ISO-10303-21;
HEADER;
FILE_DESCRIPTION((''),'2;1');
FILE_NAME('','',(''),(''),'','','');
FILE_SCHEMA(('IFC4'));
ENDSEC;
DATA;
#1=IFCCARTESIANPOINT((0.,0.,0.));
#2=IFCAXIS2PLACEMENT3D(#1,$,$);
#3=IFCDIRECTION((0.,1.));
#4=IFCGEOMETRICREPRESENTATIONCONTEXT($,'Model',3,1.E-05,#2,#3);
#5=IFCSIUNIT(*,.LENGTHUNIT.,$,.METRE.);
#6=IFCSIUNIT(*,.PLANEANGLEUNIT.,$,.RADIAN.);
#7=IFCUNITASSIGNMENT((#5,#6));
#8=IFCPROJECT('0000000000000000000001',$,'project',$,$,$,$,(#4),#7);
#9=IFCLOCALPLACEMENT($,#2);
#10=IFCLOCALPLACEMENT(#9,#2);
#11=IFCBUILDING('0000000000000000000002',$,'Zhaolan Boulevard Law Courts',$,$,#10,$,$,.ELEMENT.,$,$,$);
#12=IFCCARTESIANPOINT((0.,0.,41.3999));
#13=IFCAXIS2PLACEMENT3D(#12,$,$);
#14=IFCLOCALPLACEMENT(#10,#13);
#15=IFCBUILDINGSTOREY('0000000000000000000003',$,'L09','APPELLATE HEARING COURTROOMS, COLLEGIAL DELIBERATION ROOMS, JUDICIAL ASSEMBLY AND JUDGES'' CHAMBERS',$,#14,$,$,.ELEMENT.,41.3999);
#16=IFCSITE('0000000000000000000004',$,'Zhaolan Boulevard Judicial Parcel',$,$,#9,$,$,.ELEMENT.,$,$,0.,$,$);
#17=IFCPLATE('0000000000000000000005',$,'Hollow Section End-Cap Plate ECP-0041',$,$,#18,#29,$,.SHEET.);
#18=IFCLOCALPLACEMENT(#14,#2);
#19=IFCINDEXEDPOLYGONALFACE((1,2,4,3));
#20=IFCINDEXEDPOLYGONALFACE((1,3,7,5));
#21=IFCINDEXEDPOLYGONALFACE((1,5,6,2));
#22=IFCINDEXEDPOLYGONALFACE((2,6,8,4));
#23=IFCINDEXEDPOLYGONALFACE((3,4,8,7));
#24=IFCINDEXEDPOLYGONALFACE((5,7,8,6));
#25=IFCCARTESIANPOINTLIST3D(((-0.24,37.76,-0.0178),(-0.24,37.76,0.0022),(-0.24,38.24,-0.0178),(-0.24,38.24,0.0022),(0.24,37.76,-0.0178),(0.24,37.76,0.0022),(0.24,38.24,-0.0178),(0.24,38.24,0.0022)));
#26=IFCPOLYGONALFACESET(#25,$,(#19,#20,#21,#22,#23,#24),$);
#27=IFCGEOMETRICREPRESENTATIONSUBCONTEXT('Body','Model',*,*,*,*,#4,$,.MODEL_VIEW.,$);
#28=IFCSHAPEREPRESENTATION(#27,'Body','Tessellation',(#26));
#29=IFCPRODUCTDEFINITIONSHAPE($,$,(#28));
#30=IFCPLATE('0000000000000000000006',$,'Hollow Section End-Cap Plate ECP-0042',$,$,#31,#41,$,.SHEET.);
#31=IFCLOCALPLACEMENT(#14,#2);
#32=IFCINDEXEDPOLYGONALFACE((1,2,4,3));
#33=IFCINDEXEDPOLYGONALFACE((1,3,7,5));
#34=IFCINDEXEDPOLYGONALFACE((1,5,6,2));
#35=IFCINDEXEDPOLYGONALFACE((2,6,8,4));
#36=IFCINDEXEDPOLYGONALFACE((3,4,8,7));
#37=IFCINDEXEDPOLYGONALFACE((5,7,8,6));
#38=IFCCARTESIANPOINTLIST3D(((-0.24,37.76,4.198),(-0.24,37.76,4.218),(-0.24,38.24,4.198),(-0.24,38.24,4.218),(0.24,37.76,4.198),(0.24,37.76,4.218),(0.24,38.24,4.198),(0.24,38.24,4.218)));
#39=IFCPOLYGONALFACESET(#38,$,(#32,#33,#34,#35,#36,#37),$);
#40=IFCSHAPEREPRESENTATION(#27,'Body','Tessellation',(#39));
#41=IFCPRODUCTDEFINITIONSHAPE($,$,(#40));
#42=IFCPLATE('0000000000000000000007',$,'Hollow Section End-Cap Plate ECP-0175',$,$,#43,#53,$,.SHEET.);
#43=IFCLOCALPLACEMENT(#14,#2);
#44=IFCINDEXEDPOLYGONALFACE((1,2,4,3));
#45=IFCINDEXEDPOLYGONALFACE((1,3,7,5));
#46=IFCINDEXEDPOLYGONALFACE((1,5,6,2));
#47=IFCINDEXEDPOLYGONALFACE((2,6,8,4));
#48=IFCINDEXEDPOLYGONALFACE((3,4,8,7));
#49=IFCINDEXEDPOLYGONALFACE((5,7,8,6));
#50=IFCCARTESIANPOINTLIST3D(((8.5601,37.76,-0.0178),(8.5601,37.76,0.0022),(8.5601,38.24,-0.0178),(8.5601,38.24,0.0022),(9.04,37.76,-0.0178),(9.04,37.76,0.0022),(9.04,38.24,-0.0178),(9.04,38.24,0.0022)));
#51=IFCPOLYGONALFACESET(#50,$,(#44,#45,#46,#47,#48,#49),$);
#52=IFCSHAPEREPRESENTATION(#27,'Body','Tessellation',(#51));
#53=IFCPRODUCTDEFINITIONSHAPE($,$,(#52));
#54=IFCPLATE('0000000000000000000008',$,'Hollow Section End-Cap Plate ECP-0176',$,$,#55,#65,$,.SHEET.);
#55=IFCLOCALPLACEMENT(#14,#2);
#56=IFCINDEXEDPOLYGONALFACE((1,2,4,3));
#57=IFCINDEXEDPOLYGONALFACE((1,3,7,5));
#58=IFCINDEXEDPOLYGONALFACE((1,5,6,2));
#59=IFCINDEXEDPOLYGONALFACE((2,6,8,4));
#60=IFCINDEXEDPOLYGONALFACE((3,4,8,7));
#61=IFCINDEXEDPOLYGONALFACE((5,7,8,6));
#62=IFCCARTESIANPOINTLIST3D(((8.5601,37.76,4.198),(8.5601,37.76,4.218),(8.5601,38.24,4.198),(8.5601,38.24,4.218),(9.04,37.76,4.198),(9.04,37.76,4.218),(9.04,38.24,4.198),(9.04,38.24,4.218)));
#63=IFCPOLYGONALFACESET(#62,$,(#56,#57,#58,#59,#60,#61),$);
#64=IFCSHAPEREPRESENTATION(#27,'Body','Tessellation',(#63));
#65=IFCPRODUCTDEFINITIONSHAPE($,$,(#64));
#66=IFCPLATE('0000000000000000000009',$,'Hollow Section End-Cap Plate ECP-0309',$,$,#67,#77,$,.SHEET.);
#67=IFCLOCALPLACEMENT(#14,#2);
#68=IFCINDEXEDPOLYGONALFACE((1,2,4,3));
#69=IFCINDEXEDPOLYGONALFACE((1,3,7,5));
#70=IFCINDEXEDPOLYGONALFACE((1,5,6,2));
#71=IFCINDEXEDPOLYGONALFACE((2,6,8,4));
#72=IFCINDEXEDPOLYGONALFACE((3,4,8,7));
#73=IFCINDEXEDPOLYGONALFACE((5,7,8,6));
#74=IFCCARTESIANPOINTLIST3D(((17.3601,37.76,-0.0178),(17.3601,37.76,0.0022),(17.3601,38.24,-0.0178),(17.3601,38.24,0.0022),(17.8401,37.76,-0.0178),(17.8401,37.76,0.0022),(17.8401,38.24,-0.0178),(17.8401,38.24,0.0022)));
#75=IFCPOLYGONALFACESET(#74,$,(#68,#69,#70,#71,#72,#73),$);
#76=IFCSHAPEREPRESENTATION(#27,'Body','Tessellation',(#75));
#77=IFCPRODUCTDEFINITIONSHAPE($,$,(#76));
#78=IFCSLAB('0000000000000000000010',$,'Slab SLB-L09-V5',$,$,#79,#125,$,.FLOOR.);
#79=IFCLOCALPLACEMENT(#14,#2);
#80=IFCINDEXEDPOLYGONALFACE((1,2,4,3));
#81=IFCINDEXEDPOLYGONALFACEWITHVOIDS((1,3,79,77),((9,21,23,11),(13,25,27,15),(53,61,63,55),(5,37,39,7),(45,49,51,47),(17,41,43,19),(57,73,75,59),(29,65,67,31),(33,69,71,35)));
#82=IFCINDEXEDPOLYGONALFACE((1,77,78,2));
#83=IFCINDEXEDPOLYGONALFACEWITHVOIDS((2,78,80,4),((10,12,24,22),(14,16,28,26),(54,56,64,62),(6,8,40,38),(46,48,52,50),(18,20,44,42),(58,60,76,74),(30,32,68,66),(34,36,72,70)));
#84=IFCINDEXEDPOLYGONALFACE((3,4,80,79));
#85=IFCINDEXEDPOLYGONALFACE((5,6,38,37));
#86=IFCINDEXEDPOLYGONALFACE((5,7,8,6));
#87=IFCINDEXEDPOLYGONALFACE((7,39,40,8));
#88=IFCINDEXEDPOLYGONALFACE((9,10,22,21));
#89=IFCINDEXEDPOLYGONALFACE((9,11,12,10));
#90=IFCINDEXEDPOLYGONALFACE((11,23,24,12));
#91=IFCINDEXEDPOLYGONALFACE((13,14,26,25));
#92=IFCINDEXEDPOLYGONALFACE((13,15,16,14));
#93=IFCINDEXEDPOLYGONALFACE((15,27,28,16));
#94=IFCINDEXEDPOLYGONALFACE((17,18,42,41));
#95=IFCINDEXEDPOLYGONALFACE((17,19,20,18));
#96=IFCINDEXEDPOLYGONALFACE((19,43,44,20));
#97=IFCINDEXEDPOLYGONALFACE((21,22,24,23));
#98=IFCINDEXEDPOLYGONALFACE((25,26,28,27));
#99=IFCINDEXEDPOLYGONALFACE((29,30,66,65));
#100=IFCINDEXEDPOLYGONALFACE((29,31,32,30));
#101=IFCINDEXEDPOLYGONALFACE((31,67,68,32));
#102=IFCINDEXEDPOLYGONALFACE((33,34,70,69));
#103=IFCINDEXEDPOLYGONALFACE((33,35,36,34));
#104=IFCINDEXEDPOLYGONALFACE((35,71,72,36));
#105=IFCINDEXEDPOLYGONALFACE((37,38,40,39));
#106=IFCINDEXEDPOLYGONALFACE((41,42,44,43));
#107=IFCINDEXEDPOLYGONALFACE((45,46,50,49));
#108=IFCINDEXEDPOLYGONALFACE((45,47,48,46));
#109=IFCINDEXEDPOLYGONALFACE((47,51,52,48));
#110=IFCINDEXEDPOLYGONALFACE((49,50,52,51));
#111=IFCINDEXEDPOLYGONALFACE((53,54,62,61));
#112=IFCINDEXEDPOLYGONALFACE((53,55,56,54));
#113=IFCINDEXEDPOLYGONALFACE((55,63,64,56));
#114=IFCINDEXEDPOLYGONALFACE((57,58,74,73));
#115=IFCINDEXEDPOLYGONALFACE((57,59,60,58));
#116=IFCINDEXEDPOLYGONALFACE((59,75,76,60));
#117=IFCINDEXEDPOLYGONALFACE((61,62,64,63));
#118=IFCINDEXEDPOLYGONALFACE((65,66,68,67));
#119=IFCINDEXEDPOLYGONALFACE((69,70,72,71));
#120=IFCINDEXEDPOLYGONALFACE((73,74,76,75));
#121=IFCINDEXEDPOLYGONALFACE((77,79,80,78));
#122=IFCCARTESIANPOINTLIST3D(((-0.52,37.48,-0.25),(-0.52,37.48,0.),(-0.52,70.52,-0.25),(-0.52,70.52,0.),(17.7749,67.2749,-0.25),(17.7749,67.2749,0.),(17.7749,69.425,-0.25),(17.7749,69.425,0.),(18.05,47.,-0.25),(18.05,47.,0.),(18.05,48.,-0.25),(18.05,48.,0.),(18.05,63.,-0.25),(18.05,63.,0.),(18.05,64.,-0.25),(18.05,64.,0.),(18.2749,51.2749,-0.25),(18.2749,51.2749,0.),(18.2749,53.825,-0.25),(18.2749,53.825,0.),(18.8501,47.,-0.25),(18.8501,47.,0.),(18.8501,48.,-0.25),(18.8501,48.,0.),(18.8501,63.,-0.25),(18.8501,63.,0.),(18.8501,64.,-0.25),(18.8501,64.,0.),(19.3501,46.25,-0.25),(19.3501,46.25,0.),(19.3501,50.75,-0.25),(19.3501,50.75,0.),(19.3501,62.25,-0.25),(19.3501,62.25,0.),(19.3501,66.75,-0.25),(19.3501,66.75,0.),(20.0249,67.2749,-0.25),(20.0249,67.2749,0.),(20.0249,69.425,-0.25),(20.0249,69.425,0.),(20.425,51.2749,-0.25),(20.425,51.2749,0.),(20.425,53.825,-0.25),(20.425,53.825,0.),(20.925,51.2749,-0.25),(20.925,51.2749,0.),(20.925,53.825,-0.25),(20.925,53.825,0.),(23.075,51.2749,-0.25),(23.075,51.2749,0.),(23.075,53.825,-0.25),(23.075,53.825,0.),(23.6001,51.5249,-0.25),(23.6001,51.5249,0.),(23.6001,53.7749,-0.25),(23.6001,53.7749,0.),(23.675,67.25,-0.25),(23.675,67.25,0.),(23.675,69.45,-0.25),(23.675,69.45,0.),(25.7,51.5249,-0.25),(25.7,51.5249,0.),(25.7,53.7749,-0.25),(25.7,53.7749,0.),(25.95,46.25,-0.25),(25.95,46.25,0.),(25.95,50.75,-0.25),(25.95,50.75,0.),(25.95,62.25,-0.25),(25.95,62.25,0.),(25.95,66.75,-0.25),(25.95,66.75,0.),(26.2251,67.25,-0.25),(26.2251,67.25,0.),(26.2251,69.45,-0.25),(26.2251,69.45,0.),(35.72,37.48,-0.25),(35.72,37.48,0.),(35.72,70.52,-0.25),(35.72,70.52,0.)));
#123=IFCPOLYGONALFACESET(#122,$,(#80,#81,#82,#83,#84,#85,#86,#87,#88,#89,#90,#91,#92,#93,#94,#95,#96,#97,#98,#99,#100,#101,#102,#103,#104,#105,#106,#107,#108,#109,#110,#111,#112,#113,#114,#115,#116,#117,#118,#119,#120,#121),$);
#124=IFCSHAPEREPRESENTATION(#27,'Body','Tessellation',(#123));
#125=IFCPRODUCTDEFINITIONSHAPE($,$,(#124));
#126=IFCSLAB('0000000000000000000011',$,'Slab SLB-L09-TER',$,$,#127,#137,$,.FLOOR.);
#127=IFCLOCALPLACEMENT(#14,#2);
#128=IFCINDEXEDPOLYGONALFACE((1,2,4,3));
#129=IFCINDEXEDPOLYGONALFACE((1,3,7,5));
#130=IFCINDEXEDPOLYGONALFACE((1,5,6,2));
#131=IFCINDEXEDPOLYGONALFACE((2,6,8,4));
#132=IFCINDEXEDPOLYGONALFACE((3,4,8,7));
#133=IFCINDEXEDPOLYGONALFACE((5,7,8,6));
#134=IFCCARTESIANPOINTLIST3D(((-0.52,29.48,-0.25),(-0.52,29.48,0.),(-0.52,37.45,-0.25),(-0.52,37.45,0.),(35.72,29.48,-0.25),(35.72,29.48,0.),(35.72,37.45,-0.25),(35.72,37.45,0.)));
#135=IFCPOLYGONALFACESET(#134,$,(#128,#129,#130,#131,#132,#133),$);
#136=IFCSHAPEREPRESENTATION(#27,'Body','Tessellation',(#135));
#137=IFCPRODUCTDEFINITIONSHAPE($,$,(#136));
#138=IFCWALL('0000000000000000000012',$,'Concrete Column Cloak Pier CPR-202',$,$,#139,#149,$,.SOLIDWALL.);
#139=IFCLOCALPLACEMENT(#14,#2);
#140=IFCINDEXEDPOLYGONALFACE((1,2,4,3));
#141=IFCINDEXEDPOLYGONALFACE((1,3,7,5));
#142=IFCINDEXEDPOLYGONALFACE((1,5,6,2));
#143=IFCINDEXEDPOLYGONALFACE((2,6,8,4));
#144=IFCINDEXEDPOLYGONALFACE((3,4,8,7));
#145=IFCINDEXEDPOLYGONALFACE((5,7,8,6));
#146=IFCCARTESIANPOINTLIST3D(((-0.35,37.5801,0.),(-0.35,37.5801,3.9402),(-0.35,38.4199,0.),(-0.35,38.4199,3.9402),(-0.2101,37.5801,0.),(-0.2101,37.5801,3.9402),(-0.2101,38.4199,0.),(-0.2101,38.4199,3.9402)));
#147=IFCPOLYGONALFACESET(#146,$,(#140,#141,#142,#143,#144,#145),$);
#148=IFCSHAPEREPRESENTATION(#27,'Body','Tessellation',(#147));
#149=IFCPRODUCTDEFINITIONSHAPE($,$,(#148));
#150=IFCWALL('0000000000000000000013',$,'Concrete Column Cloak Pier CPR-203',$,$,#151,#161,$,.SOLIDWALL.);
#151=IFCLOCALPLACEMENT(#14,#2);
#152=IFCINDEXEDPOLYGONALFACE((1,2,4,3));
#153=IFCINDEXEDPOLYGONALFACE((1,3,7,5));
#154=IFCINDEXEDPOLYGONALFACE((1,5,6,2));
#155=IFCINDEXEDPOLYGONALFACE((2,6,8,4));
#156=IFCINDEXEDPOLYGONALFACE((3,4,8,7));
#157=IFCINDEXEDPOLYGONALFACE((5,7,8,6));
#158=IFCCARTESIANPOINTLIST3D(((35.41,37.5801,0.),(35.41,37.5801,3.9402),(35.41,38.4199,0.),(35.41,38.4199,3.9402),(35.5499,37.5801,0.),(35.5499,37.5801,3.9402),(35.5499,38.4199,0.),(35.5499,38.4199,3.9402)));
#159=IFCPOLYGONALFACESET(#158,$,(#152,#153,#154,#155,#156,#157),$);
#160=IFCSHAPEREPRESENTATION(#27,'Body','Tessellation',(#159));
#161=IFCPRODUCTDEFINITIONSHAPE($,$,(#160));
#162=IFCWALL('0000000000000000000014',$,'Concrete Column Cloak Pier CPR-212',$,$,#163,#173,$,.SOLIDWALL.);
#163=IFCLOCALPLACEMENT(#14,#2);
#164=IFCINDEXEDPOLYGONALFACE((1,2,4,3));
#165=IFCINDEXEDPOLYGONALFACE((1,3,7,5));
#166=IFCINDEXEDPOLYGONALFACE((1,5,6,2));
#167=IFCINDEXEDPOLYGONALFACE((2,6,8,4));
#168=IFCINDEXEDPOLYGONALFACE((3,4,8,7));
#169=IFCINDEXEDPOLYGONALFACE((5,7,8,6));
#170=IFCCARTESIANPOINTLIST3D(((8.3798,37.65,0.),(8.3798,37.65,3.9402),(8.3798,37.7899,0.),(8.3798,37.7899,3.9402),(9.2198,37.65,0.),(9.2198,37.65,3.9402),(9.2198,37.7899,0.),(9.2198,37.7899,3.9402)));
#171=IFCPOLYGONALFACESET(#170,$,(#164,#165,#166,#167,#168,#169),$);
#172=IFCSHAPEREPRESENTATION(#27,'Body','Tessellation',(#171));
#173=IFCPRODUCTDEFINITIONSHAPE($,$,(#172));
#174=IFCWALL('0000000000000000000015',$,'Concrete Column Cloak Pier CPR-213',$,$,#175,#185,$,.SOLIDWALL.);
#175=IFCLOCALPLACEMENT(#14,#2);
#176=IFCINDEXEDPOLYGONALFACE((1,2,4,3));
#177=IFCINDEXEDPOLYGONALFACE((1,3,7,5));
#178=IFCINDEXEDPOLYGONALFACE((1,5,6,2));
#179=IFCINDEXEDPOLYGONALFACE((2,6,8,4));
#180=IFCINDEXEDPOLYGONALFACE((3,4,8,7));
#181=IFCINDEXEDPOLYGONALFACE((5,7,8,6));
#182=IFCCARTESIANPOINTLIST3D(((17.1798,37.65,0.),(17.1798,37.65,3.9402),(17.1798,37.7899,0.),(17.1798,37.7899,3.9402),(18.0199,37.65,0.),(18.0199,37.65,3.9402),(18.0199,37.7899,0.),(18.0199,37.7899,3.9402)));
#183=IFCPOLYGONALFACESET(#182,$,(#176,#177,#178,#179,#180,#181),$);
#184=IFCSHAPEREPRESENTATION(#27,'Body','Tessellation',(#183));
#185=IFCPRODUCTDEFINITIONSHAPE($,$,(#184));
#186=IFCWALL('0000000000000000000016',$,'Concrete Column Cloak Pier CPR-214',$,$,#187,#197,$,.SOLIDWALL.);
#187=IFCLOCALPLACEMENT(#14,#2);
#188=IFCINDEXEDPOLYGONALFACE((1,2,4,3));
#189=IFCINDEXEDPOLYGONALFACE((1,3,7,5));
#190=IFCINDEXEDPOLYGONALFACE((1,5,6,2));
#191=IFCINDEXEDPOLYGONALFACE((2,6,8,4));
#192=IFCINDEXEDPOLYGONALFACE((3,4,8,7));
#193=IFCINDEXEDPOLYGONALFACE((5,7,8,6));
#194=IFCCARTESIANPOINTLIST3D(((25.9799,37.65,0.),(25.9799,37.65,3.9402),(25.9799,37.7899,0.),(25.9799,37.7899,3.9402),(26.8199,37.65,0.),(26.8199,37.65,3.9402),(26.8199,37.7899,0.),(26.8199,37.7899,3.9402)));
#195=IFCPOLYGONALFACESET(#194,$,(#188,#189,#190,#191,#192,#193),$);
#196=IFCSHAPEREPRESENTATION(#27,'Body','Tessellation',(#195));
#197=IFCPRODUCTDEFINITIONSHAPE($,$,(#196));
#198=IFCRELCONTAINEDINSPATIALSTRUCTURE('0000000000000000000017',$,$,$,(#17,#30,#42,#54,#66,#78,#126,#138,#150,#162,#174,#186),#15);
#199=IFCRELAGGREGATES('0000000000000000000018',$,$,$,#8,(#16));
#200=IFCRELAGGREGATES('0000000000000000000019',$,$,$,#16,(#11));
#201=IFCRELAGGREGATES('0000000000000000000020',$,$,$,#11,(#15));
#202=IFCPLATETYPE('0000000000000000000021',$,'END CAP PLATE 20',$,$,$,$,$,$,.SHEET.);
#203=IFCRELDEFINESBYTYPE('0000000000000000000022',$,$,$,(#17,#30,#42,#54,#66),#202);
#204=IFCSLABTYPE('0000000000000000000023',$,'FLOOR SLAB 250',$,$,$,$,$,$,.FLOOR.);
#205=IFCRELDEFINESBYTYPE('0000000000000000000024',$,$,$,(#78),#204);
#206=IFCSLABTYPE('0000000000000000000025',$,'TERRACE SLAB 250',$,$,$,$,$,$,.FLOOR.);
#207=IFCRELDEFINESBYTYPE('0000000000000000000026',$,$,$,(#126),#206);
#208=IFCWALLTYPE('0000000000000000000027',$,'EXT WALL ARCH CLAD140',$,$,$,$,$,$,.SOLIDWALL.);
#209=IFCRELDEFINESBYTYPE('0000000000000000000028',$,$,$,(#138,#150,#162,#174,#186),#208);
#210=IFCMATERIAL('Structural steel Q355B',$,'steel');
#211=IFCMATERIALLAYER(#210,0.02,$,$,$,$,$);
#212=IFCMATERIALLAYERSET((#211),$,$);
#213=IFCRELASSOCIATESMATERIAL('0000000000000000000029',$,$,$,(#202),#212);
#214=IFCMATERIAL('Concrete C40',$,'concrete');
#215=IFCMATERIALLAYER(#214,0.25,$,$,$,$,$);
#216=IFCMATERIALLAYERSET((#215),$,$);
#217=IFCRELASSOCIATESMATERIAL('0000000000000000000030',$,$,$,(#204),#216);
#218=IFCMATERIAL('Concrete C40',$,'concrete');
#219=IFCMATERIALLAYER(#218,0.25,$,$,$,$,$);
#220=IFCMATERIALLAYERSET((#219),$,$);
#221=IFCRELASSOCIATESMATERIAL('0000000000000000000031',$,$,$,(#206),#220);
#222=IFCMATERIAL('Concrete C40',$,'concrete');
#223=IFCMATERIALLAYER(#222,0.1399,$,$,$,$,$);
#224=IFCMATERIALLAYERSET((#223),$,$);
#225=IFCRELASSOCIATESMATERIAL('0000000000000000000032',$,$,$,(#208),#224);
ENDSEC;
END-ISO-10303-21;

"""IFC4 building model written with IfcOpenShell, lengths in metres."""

from ifc_helpers import new_model, si_unit, direction, frame, frame_2d, origin, origin_2d, place, context, subcontext, project, spatial, polyline, rectangle, outline, extrude, material, layer, layer_set, type_object, element, save


model = new_model("IFC4")

# Units and contexts
model_context = context("Model", 3, precision=1e-05, world=origin(), true_north=direction((0.0, 1.0)))
body_context = subcontext(model_context, "Body", "Model", "MODEL_VIEW")
ifc_project = project(units=[si_unit("LENGTHUNIT", "METRE"), si_unit("PLANEANGLEUNIT", "RADIAN")], contexts=[model_context])

# Site, building, storey
site_placement = place(None, origin())
site = spatial("IfcSite", under=ifc_project, at=site_placement, Name="Zhaolan Boulevard Judicial Parcel", CompositionType="ELEMENT", RefElevation=0.0)
building_placement = place(site_placement, origin())
building = spatial("IfcBuilding", under=site, at=building_placement, Name="Zhaolan Boulevard Law Courts", CompositionType="ELEMENT")
storey_placement = place(building_placement, frame((0.0, 0.0, 41.3999)))
storey = spatial("IfcBuildingStorey", under=building, at=storey_placement, Name="L09", Description="APPELLATE HEARING COURTROOMS, COLLEGIAL DELIBERATION ROOMS, JUDICIAL ASSEMBLY AND JUDGES' CHAMBERS", CompositionType="ELEMENT", Elevation=41.3999)

# Plates
ifc_material_1 = material(Name="Structural steel Q355B", Category="steel")
ifc_layer_1 = layer(ifc_material_1, 0.02)
ifc_layer_set_1 = layer_set([ifc_layer_1])
plate_type = type_object("IfcPlateType", Name="END CAP PLATE 20", PredefinedType="SHEET", material=ifc_layer_set_1)
for number, where, z_axis, x_axis, name in (
    (1, (0.0, 38.0, -0.0178), (0.0, 0.0, 1.0), (1.0, 0.0, 0.0), "Hollow Section End-Cap Plate ECP-0041"),
    (2, (0.0, 38.0, 4.198), (0.0, 0.0, 1.0), (1.0, 0.0, 0.0), "Hollow Section End-Cap Plate ECP-0042"),
    (3, (8.8, 38.0, -0.0178), (0.0, 0.0, 1.0), (1.0, 0.0, 0.0), "Hollow Section End-Cap Plate ECP-0175"),
    (4, (8.8, 38.0, 4.198), (0.0, 0.0, 1.0), (1.0, 0.0, 0.0), "Hollow Section End-Cap Plate ECP-0176"),
    (5, (17.6001, 38.0, -0.0178), (0.0, 0.0, 1.0), (1.0, 0.0, 0.0), "Hollow Section End-Cap Plate ECP-0309"),
):
    element("IfcPlate", number, at=place(storey_placement, frame(where, z_axis=z_axis, x_axis=x_axis)), inside=storey, type_object=plate_type, Name=name, PredefinedType="SHEET", context=body_context, shape_type="SweptSolid", body=[
        extrude(rectangle(XDim=0.48, YDim=0.48, at=origin_2d()), origin(), (0.0, 0.0, 1.0), 0.02),
    ])

# Slabs
ifc_material_2 = material(Name="Concrete C40", Category="concrete")
ifc_layer_2 = layer(ifc_material_2, 0.25)
ifc_layer_set_2 = layer_set([ifc_layer_2])
slab_type_1 = type_object("IfcSlabType", Name="FLOOR SLAB 250", PredefinedType="FLOOR", material=ifc_layer_set_2)
slab_1_placement = place(storey_placement, frame((0.0, 0.0, -0.25)))
element("IfcSlab", 6, at=slab_1_placement, inside=storey, type_object=slab_type_1, Name="Slab SLB-L09-V5", PredefinedType="FLOOR", context=body_context, shape_type="SweptSolid", body=[
    extrude(outline(polyline([(-0.52, 37.48), (35.72, 37.48), (35.72, 70.52), (-0.52, 70.52), (-0.52, 37.48)]), holes=[polyline([(18.2749, 51.2749), (20.425, 51.2749), (20.425, 53.825), (18.2749, 53.825), (18.2749, 51.2749)]), polyline([(20.925, 51.2749), (23.075, 51.2749), (23.075, 53.825), (20.925, 53.825), (20.925, 51.2749)]), polyline([(23.675, 67.25), (26.2251, 67.25), (26.2251, 69.45), (23.675, 69.45), (23.675, 67.25)]), polyline([(23.6001, 51.5249), (25.7, 51.5249), (25.7, 53.7749), (23.6001, 53.7749), (23.6001, 51.5249)]), polyline([(17.7749, 67.2749), (20.0249, 67.2749), (20.0249, 69.425), (17.7749, 69.425), (17.7749, 67.2749)]), polyline([(19.3501, 46.25), (25.95, 46.25), (25.95, 50.75), (19.3501, 50.75), (19.3501, 46.25)]), polyline([(19.3501, 62.25), (25.95, 62.25), (25.95, 66.75), (19.3501, 66.75), (19.3501, 62.25)]), polyline([(18.05, 47.0), (18.8501, 47.0), (18.8501, 48.0), (18.05, 48.0), (18.05, 47.0)]), polyline([(18.05, 63.0), (18.8501, 63.0), (18.8501, 64.0), (18.05, 64.0), (18.05, 63.0)])]), origin(), (0.0, 0.0, 1.0), 0.25),
])
ifc_material_3 = material(Name="Concrete C40", Category="concrete")
ifc_layer_3 = layer(ifc_material_3, 0.25)
ifc_layer_set_3 = layer_set([ifc_layer_3])
slab_type_2 = type_object("IfcSlabType", Name="TERRACE SLAB 250", PredefinedType="FLOOR", material=ifc_layer_set_3)
slab_2_placement = place(storey_placement, frame((0.0, 0.0, -0.25)))
element("IfcSlab", 7, at=slab_2_placement, inside=storey, type_object=slab_type_2, Name="Slab SLB-L09-TER", PredefinedType="FLOOR", context=body_context, shape_type="SweptSolid", body=[
    extrude(outline(polyline([(-0.52, 29.48), (35.72, 29.48), (35.72, 37.45), (-0.52, 37.45), (-0.52, 29.48)])), origin(), (0.0, 0.0, 1.0), 0.25),
])

# Walls
ifc_material_4 = material(Name="Concrete C40", Category="concrete")
ifc_layer_4 = layer(ifc_material_4, 0.1399)
ifc_layer_set_4 = layer_set([ifc_layer_4])
wall_type_1 = type_object("IfcWallType", Name="EXT WALL ARCH CLAD140", PredefinedType="SOLIDWALL", material=ifc_layer_set_4)
for number, where, z_axis, x_axis, name in (
    (8, (-0.28, 37.5801, 0.0), (0.0, 0.0, 1.0), (0.0, 1.0, 0.0), "Concrete Column Cloak Pier CPR-202"),
    (9, (35.48, 37.5801, 0.0), (0.0, 0.0, 1.0), (0.0, 1.0, 0.0), "Concrete Column Cloak Pier CPR-203"),
):
    element("IfcWall", number, at=place(storey_placement, frame(where, z_axis=z_axis, x_axis=x_axis)), inside=storey, type_object=wall_type_1, Name=name, PredefinedType="SOLIDWALL", context=body_context, shape_type="SweptSolid", body=[
        extrude(rectangle(XDim=0.8398, YDim=0.1399, at=frame_2d((0.4199, 0.0))), origin(), (0.0, 0.0, 1.0), 3.9402),
    ])
for number, where, z_axis, x_axis, name in (
    (10, (8.3799, 37.72, 0.0), (0.0, 0.0, 1.0), (1.0, 0.0, 0.0), "Concrete Column Cloak Pier CPR-212"),
    (11, (17.1799, 37.72, 0.0), (0.0, 0.0, 1.0), (1.0, 0.0, 0.0), "Concrete Column Cloak Pier CPR-213"),
    (12, (25.98, 37.72, 0.0), (0.0, 0.0, 1.0), (1.0, 0.0, 0.0), "Concrete Column Cloak Pier CPR-214"),
):
    element("IfcWall", number, at=place(storey_placement, frame(where, z_axis=z_axis, x_axis=x_axis)), inside=storey, type_object=wall_type_1, Name=name, PredefinedType="SOLIDWALL", context=body_context, shape_type="SweptSolid", body=[
        extrude(rectangle(XDim=0.8401, YDim=0.1399, at=frame_2d((0.4199, 0.0))), origin(), (0.0, 0.0, 1.0), 3.9402),
    ])

save(model, "model.ifc")
